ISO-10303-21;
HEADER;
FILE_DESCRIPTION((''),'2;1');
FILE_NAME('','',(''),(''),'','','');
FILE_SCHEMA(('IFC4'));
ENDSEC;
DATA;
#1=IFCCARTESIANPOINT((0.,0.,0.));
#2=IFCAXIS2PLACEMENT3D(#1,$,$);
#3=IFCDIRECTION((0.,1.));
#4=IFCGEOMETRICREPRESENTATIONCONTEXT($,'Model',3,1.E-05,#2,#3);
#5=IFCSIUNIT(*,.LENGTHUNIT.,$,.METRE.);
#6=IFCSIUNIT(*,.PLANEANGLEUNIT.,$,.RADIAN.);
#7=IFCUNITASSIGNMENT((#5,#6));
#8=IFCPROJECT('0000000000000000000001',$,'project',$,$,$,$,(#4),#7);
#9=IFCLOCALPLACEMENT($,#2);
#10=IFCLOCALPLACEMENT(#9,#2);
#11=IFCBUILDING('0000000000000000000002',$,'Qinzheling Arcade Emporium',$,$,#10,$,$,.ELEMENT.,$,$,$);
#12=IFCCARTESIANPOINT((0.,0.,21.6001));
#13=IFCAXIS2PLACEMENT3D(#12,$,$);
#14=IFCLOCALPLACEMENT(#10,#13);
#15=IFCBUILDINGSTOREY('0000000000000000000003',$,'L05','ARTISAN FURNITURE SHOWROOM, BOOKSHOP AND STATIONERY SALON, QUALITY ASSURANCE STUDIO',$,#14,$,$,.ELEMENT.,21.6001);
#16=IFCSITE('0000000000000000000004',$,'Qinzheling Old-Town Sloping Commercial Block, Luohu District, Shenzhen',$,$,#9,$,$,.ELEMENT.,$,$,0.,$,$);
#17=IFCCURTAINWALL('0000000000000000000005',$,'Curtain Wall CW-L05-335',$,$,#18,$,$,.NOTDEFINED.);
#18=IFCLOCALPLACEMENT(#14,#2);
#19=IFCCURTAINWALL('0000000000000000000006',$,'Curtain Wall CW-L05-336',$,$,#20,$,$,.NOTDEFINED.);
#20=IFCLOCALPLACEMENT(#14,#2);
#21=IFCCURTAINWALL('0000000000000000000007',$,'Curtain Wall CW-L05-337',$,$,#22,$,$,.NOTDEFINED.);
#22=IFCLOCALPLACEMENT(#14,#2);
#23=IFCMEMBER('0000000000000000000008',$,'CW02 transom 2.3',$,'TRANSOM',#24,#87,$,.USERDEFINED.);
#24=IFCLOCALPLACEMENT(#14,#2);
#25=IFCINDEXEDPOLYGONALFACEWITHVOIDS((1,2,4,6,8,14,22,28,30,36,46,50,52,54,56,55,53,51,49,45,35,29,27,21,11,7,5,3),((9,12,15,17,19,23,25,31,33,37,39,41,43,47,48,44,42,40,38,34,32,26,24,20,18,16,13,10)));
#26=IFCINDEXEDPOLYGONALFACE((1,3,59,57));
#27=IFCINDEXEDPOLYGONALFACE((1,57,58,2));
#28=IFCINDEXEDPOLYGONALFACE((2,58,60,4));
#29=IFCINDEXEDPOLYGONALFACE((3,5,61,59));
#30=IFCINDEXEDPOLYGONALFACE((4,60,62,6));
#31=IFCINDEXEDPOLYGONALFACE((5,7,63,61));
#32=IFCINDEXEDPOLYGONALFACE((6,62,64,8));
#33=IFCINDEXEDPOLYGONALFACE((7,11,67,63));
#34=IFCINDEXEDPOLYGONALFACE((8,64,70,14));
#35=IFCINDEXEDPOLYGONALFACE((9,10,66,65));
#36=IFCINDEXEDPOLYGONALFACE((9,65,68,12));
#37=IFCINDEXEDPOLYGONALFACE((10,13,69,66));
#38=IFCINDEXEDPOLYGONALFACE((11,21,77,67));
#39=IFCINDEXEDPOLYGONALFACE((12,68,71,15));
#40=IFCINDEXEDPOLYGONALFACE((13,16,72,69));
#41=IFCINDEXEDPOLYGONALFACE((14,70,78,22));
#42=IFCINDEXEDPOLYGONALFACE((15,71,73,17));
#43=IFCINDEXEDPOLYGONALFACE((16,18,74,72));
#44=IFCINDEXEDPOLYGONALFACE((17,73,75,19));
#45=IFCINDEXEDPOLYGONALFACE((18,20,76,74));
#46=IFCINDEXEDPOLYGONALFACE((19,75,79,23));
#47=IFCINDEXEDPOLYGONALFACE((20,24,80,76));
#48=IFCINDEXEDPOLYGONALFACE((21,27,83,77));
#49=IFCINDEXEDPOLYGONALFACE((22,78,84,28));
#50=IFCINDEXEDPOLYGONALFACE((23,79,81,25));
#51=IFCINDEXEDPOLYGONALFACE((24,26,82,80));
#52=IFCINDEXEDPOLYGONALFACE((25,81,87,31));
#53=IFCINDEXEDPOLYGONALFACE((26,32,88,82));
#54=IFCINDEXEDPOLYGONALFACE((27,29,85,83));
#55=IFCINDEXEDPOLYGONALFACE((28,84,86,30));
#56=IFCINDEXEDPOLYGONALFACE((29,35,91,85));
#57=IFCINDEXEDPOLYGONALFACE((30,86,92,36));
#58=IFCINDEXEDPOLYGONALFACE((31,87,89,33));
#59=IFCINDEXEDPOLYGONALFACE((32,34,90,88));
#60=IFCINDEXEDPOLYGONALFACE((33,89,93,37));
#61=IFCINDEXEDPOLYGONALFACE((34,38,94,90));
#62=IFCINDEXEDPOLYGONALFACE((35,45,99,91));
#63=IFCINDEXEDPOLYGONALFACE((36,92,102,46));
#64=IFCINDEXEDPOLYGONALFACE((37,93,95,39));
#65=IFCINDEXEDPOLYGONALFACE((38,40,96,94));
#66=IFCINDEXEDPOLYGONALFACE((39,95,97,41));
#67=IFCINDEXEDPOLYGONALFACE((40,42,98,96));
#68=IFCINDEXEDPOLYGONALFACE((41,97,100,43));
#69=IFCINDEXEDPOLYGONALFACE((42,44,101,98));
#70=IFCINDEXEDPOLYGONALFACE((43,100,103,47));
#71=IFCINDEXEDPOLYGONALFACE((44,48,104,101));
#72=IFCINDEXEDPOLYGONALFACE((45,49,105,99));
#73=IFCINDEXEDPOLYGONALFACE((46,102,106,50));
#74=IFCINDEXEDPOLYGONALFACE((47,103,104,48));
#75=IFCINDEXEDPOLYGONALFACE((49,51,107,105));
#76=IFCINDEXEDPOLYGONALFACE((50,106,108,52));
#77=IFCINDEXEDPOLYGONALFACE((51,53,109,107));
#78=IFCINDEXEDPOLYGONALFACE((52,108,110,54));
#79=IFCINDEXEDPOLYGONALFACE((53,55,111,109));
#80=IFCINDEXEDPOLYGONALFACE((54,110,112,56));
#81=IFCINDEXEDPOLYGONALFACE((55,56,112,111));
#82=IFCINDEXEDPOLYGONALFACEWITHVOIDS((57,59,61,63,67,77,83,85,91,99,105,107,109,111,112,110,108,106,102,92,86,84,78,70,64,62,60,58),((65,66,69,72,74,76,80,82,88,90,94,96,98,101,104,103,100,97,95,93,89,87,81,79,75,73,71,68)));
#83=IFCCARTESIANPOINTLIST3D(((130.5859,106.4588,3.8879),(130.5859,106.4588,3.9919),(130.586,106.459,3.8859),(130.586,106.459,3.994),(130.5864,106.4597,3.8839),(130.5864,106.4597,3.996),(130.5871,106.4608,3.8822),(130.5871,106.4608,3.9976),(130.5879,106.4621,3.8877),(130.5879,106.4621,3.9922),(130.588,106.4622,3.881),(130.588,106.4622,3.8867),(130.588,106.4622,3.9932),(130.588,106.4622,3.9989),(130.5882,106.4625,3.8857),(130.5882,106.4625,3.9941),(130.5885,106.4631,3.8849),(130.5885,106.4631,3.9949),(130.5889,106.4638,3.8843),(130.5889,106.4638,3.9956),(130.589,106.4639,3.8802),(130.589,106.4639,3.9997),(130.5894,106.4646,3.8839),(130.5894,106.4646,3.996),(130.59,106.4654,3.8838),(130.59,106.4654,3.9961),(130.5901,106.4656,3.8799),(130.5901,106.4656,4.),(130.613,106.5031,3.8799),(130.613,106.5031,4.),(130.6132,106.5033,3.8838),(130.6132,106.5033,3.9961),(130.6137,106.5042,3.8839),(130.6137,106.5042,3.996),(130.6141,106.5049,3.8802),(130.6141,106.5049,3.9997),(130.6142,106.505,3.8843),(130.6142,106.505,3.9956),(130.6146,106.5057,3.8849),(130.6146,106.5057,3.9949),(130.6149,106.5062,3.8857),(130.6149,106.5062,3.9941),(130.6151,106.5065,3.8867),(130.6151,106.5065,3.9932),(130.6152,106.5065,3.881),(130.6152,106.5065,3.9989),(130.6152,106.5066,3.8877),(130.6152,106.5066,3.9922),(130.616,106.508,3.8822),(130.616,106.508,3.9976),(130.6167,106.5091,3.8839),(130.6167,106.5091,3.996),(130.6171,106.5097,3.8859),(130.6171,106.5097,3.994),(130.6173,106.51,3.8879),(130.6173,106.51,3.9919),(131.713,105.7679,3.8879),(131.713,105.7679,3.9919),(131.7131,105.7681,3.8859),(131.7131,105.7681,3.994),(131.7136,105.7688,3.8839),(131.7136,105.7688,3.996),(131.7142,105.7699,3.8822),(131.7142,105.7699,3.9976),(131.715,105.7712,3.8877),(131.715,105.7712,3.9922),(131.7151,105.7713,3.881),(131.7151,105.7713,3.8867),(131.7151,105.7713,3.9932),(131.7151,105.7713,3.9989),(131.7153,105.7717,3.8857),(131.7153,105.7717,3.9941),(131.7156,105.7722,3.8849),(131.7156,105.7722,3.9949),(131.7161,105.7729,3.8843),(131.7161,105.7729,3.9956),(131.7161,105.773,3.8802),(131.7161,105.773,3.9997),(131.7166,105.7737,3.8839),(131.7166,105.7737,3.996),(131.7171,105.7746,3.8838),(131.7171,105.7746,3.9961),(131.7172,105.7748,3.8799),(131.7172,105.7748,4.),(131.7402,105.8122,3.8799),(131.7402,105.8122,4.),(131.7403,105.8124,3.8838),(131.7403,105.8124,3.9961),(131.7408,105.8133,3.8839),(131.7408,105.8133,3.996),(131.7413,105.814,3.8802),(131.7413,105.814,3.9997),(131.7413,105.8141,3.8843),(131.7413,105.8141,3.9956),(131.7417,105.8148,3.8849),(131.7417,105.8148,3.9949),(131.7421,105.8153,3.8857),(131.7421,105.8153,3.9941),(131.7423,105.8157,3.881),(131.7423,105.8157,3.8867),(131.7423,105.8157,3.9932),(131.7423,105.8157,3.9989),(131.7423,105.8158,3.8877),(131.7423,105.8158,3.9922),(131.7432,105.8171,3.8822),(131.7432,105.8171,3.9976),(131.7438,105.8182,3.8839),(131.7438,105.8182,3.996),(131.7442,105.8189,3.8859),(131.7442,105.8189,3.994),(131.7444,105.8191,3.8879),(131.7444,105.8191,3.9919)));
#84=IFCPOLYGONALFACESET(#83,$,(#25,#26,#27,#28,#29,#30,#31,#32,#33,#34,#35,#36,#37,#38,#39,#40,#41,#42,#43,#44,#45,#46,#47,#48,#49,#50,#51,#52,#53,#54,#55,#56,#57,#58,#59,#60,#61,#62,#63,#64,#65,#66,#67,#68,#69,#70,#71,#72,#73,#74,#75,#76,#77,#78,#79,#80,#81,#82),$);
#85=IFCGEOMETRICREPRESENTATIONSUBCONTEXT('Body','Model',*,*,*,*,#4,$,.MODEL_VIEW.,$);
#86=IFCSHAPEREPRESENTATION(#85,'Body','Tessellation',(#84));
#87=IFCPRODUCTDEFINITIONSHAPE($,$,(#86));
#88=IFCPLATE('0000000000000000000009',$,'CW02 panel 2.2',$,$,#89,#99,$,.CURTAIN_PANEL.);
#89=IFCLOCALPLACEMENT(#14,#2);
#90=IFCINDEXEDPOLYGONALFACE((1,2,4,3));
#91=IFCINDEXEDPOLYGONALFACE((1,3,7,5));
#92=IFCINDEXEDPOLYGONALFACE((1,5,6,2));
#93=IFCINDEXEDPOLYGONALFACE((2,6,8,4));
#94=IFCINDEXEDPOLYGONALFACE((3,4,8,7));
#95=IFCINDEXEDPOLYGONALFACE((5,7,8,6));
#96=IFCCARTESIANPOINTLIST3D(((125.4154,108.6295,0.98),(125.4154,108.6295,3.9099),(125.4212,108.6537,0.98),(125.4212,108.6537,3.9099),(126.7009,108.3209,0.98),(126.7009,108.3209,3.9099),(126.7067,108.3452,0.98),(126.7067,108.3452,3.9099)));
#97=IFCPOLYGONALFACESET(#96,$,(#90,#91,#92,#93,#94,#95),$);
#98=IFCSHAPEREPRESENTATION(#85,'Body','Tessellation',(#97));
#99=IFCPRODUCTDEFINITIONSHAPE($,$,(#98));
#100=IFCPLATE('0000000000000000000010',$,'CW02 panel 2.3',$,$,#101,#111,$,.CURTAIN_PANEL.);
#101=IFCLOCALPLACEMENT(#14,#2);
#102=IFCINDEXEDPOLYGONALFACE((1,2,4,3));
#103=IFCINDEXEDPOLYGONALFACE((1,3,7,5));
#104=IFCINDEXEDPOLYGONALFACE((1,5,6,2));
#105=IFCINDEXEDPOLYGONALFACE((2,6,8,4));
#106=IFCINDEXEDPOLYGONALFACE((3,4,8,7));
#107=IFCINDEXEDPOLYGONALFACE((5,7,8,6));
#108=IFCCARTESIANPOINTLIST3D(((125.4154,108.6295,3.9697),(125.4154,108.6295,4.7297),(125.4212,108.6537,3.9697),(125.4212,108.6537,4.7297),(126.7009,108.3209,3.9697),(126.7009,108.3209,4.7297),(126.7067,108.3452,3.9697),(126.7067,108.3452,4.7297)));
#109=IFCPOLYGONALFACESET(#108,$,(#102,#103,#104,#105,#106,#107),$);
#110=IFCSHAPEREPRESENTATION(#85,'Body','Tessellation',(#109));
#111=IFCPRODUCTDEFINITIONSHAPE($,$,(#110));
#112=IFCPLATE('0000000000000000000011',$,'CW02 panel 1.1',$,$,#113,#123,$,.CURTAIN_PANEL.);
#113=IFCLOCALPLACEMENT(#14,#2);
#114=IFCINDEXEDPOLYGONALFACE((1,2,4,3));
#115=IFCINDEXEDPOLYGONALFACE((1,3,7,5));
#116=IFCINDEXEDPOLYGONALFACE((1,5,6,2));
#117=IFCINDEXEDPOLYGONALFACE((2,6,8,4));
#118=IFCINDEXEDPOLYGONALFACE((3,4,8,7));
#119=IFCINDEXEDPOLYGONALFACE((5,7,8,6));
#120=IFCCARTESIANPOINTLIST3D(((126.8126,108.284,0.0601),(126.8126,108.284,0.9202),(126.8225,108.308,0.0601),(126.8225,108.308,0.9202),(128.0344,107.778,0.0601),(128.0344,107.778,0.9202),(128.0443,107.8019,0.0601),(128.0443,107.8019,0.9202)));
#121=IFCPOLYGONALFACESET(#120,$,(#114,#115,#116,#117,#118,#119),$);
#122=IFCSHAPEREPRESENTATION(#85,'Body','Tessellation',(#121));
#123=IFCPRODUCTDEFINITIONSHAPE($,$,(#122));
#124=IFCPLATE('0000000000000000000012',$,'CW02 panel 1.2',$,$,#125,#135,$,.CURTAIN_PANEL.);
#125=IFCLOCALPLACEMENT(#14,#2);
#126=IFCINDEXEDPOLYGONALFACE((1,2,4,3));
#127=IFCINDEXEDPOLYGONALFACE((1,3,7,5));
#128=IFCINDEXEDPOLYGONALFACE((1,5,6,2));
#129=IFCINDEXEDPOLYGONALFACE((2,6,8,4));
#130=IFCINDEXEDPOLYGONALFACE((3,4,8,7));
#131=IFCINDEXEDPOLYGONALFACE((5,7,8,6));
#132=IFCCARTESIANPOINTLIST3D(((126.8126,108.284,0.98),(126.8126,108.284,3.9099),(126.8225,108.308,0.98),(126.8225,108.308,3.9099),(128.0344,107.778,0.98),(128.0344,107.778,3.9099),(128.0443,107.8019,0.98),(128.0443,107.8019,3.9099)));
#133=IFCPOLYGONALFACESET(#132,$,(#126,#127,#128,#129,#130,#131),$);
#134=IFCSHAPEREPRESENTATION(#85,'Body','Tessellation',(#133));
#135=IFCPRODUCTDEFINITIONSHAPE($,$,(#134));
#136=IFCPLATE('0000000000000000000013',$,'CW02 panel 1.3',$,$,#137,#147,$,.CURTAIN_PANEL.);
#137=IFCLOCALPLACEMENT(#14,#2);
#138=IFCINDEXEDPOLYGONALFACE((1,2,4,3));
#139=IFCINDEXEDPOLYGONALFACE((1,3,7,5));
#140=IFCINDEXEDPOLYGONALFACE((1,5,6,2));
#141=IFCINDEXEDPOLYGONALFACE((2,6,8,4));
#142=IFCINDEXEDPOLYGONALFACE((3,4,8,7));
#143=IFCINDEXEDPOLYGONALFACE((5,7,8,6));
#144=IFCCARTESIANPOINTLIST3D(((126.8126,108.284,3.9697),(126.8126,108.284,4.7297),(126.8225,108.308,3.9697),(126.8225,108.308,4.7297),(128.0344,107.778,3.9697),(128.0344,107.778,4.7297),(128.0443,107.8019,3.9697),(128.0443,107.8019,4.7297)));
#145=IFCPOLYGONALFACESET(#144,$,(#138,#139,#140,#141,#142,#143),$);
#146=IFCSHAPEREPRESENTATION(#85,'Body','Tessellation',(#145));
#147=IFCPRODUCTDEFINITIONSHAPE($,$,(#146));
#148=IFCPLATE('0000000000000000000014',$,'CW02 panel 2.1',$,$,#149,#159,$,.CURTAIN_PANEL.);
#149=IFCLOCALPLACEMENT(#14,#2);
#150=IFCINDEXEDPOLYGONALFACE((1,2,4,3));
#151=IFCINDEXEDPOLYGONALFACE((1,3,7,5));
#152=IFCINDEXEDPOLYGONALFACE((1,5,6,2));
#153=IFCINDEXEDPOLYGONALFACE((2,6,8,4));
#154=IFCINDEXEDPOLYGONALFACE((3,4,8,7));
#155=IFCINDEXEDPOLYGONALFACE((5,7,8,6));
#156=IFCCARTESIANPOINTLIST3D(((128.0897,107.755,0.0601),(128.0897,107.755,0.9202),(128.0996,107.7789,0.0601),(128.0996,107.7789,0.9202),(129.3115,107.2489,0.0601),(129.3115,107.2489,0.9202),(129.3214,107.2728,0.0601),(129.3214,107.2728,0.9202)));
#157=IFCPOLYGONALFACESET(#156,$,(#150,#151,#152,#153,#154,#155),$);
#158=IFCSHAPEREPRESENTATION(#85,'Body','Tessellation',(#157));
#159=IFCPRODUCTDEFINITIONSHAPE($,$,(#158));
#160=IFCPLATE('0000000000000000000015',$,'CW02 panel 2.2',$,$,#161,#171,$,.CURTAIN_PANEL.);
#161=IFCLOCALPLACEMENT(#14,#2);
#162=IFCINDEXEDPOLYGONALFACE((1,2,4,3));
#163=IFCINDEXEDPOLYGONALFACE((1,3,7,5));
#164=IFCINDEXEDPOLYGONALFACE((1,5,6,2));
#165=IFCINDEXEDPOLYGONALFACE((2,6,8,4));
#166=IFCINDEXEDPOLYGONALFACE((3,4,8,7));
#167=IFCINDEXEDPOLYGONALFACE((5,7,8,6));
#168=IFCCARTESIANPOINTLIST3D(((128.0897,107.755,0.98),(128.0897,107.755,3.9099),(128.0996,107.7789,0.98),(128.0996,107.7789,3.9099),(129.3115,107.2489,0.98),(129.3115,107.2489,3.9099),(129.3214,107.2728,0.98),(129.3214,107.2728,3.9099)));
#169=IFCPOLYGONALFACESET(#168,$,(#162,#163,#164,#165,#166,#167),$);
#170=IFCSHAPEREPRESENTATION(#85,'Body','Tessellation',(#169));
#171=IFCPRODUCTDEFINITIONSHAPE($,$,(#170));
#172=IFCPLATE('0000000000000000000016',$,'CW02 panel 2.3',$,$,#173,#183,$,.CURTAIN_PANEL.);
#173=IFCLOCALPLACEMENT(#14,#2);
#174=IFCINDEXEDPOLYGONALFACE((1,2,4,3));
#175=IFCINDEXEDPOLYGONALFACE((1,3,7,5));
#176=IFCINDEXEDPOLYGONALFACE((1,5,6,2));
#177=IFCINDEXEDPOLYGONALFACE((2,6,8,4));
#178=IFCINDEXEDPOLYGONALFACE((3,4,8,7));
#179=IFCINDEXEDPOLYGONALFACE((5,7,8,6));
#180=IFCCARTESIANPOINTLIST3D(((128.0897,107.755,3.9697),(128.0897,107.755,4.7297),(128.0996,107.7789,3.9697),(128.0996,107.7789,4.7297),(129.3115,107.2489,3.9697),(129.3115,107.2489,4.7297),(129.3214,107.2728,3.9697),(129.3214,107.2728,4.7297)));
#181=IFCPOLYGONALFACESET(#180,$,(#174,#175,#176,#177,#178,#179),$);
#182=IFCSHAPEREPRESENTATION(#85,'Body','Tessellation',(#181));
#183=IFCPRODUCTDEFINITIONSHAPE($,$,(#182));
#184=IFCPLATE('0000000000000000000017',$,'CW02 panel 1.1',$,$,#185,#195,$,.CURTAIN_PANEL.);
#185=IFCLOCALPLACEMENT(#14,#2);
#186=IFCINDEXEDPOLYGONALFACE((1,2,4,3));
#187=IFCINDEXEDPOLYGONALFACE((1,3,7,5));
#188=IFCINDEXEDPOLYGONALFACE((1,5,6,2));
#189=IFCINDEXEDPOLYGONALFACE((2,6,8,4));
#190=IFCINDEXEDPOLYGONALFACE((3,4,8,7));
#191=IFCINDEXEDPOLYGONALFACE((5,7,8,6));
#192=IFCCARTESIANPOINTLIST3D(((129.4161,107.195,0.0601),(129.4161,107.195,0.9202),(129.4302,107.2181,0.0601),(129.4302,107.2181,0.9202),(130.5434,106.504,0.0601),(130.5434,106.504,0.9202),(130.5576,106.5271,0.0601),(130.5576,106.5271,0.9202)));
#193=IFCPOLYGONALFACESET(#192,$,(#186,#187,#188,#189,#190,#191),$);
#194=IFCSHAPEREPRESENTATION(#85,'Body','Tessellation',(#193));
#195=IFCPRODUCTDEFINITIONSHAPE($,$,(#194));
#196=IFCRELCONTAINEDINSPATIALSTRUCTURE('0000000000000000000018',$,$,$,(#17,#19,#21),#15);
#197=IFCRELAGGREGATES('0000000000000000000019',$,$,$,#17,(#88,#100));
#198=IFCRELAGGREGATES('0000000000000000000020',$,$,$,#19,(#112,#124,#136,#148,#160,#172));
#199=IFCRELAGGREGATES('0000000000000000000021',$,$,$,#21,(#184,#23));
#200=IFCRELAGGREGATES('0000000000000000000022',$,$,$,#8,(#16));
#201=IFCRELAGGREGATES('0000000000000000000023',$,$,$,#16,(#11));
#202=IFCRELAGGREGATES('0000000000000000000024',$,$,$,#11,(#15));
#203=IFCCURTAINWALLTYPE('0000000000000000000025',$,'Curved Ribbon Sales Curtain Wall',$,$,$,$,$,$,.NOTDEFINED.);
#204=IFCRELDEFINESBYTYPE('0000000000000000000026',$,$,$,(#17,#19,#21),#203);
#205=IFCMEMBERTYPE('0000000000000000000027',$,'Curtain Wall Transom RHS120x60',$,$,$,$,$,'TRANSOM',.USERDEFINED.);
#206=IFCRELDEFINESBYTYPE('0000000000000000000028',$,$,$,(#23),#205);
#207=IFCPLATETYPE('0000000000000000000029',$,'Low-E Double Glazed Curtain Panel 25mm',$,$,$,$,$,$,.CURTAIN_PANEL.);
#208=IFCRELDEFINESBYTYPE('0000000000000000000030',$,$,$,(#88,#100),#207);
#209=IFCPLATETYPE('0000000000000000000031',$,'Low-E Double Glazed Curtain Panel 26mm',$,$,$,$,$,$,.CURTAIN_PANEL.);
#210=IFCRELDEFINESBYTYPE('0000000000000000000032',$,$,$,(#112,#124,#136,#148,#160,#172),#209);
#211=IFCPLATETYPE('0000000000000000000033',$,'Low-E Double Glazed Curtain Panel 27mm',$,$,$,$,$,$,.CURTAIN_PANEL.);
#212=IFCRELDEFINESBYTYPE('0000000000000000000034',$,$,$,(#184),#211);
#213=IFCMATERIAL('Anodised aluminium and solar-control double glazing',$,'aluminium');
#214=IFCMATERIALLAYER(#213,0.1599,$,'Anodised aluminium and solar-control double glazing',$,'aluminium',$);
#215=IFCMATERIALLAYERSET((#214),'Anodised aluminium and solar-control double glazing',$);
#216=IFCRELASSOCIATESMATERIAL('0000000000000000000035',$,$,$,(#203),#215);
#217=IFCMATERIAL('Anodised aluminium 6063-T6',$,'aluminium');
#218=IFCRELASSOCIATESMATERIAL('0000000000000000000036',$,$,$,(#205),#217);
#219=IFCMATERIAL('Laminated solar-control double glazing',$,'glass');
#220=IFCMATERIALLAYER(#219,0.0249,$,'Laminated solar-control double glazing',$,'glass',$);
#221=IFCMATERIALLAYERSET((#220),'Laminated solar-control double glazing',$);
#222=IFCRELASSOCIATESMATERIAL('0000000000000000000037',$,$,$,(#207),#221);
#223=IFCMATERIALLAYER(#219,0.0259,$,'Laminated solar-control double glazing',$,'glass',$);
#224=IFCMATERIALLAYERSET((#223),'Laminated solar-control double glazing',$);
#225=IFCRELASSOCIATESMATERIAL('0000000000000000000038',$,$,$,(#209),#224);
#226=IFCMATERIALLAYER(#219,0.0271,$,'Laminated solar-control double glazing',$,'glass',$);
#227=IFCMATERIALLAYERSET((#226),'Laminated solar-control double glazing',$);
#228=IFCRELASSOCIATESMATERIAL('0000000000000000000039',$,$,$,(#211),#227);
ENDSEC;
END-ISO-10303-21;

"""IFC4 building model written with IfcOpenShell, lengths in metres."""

from ifc_helpers import new_model, si_unit, direction, frame, origin, origin_2d, place, context, subcontext, project, spatial, rectangle, hollow_rectangle, extrude, material, layer, layer_set, material_profile, profile_set, type_object, element, aggregate, save


model = new_model("IFC4")

# Units and contexts
model_context = context("Model", 3, precision=1e-05, world=origin(), true_north=direction((0.0, 1.0)))
body_context = subcontext(model_context, "Body", "Model", "MODEL_VIEW")
ifc_project = project(units=[si_unit("LENGTHUNIT", "METRE"), si_unit("PLANEANGLEUNIT", "RADIAN")], contexts=[model_context])

# Site, building, storey
site_placement = place(None, origin())
site = spatial("IfcSite", under=ifc_project, at=site_placement, Name="Qinzheling Old-Town Sloping Commercial Block, Luohu District, Shenzhen", CompositionType="ELEMENT", RefElevation=0.0)
building_placement = place(site_placement, origin())
building = spatial("IfcBuilding", under=site, at=building_placement, Name="Qinzheling Arcade Emporium", CompositionType="ELEMENT")
storey_placement = place(building_placement, frame((0.0, 0.0, 21.6001)))
storey = spatial("IfcBuildingStorey", under=building, at=storey_placement, Name="L05", Description="ARTISAN FURNITURE SHOWROOM, BOOKSHOP AND STATIONERY SALON, QUALITY ASSURANCE STUDIO", CompositionType="ELEMENT", Elevation=21.6001)

# Curtain wall
ifc_material_1 = material(Name="Anodised aluminium and solar-control double glazing", Category="aluminium")
ifc_layer_1 = layer(ifc_material_1, 0.1599, Name="Anodised aluminium and solar-control double glazing", Category="aluminium")
ifc_layer_set_1 = layer_set([ifc_layer_1], Name="Anodised aluminium and solar-control double glazing")
curtain_wall_type = type_object("IfcCurtainWallType", Name="Curved Ribbon Sales Curtain Wall", PredefinedType="NOTDEFINED", material=ifc_layer_set_1)
curtain_wall_1_placement = place(storey_placement, origin())
curtain_wall_1 = element("IfcCurtainWall", 1, at=curtain_wall_1_placement, inside=storey, type_object=curtain_wall_type, Name="Curtain Wall CW-L05-335", PredefinedType="NOTDEFINED")
ifc_material_2 = material(Name="Anodised aluminium 6063-T6", Category="aluminium")

# Curtain walls
curtain_wall_2_placement = place(storey_placement, origin())
curtain_wall_2 = element("IfcCurtainWall", 2, at=curtain_wall_2_placement, inside=storey, type_object=curtain_wall_type, Name="Curtain Wall CW-L05-336", PredefinedType="NOTDEFINED")
curtain_wall_3_placement = place(storey_placement, origin())
curtain_wall_3 = element("IfcCurtainWall", 3, at=curtain_wall_3_placement, inside=storey, type_object=curtain_wall_type, Name="Curtain Wall CW-L05-337", PredefinedType="NOTDEFINED")

# Member
ifc_material_profile_1 = material_profile(ifc_material_2, hollow_rectangle(XDim=0.0601, YDim=0.1201, WallThickness=0.0039, InnerFilletRadius=0.0039, OuterFilletRadius=0.0081, at=origin_2d()), Name="RHS 120x60x4", Category="aluminium")
ifc_profile_set_1 = profile_set([ifc_material_profile_1], Name="Anodised aluminium 6063-T6")
member_type_1 = type_object("IfcMemberType", Name="Curtain Wall Transom RHS120x60", ElementType="TRANSOM", PredefinedType="USERDEFINED", material=ifc_profile_set_1)
member_1_placement = place(storey_placement, frame((130.6016, 106.4844, 3.9399), z_axis=(0.852583, -0.522592, 0.0), x_axis=(0.522592, 0.852583, 0.0)))
member_1 = element("IfcMember", 4, at=member_1_placement, type_object=member_type_1, Name="CW02 transom 2.3", ObjectType="TRANSOM", PredefinedType="USERDEFINED", context=body_context, shape_type="SweptSolid", body=[
    extrude(hollow_rectangle(XDim=0.0601, YDim=0.1201, WallThickness=0.0039, InnerFilletRadius=0.0039, OuterFilletRadius=0.0081, at=origin_2d()), origin(), (0.0, 0.0, 1.0), 1.322),
])

# Plates
ifc_material_3 = material(Name="Laminated solar-control double glazing", Category="glass")
ifc_layer_2 = layer(ifc_material_3, 0.0249, Name="Laminated solar-control double glazing", Category="glass")
ifc_layer_set_2 = layer_set([ifc_layer_2], Name="Laminated solar-control double glazing")
plate_type_1 = type_object("IfcPlateType", Name="Low-E Double Glazed Curtain Panel 25mm", PredefinedType="CURTAIN_PANEL", material=ifc_layer_set_2)
plate_1_placement = place(storey_placement, frame((126.061, 108.4873, 0.98), z_axis=(0.0, 0.0, 1.0), x_axis=(0.972391, -0.23336, 0.0)))
plate_1 = element("IfcPlate", 5, at=plate_1_placement, type_object=plate_type_1, Name="CW02 panel 2.2", PredefinedType="CURTAIN_PANEL", context=body_context, shape_type="SweptSolid", body=[
    extrude(rectangle(XDim=1.322, YDim=0.0249, at=origin_2d()), origin(), (0.0, 0.0, 1.0), 2.9299),
])
plate_2_placement = place(storey_placement, frame((126.061, 108.4873, 3.9697), z_axis=(0.0, 0.0, 1.0), x_axis=(0.972391, -0.23336, 0.0)))
plate_2 = element("IfcPlate", 6, at=plate_2_placement, type_object=plate_type_1, Name="CW02 panel 2.3", PredefinedType="CURTAIN_PANEL", context=body_context, shape_type="SweptSolid", body=[
    extrude(rectangle(XDim=1.322, YDim=0.0249, at=origin_2d()), origin(), (0.0, 0.0, 1.0), 0.76),
])
aggregate(curtain_wall_1, [plate_1, plate_2])
ifc_layer_3 = layer(ifc_material_3, 0.0259, Name="Laminated solar-control double glazing", Category="glass")
ifc_layer_set_3 = layer_set([ifc_layer_3], Name="Laminated solar-control double glazing")
plate_type_2 = type_object("IfcPlateType", Name="Low-E Double Glazed Curtain Panel 26mm", PredefinedType="CURTAIN_PANEL", material=ifc_layer_set_3)
plate_3_placement = place(storey_placement, frame((127.4285, 108.043, 0.0601), z_axis=(0.0, 0.0, 1.0), x_axis=(0.923892, -0.382654, 0.0)))
plate_3 = element("IfcPlate", 7, at=plate_3_placement, type_object=plate_type_2, Name="CW02 panel 1.1", PredefinedType="CURTAIN_PANEL", context=body_context, shape_type="SweptSolid", body=[
    extrude(rectangle(XDim=1.3225, YDim=0.0259, at=origin_2d()), origin(), (0.0, 0.0, 1.0), 0.8601),
])
plate_4_placement = place(storey_placement, frame((127.4285, 108.043, 0.98), z_axis=(0.0, 0.0, 1.0), x_axis=(0.923892, -0.382654, 0.0)))
plate_4 = element("IfcPlate", 8, at=plate_4_placement, type_object=plate_type_2, Name="CW02 panel 1.2", PredefinedType="CURTAIN_PANEL", context=body_context, shape_type="SweptSolid", body=[
    extrude(rectangle(XDim=1.3225, YDim=0.0259, at=origin_2d()), origin(), (0.0, 0.0, 1.0), 2.9299),
])
plate_5_placement = place(storey_placement, frame((127.4285, 108.043, 3.9697), z_axis=(0.0, 0.0, 1.0), x_axis=(0.923892, -0.382654, 0.0)))
plate_5 = element("IfcPlate", 9, at=plate_5_placement, type_object=plate_type_2, Name="CW02 panel 1.3", PredefinedType="CURTAIN_PANEL", context=body_context, shape_type="SweptSolid", body=[
    extrude(rectangle(XDim=1.3225, YDim=0.0259, at=origin_2d()), origin(), (0.0, 0.0, 1.0), 0.76),
])
plate_6_placement = place(storey_placement, frame((128.7056, 107.5139, 0.0601), z_axis=(0.0, 0.0, 1.0), x_axis=(0.923892, -0.382654, 0.0)))
plate_6 = element("IfcPlate", 10, at=plate_6_placement, type_object=plate_type_2, Name="CW02 panel 2.1", PredefinedType="CURTAIN_PANEL", context=body_context, shape_type="SweptSolid", body=[
    extrude(rectangle(XDim=1.3225, YDim=0.0259, at=origin_2d()), origin(), (0.0, 0.0, 1.0), 0.8601),
])
plate_7_placement = place(storey_placement, frame((128.7056, 107.5139, 0.98), z_axis=(0.0, 0.0, 1.0), x_axis=(0.923892, -0.382654, 0.0)))
plate_7 = element("IfcPlate", 11, at=plate_7_placement, type_object=plate_type_2, Name="CW02 panel 2.2", PredefinedType="CURTAIN_PANEL", context=body_context, shape_type="SweptSolid", body=[
    extrude(rectangle(XDim=1.3225, YDim=0.0259, at=origin_2d()), origin(), (0.0, 0.0, 1.0), 2.9299),
])
plate_8_placement = place(storey_placement, frame((128.7056, 107.5139, 3.9697), z_axis=(0.0, 0.0, 1.0), x_axis=(0.923892, -0.382654, 0.0)))
plate_8 = element("IfcPlate", 12, at=plate_8_placement, type_object=plate_type_2, Name="CW02 panel 2.3", PredefinedType="CURTAIN_PANEL", context=body_context, shape_type="SweptSolid", body=[
    extrude(rectangle(XDim=1.3225, YDim=0.0259, at=origin_2d()), origin(), (0.0, 0.0, 1.0), 0.76),
])
aggregate(curtain_wall_2, [plate_3, plate_4, plate_5, plate_6, plate_7, plate_8])
ifc_layer_4 = layer(ifc_material_3, 0.0271, Name="Laminated solar-control double glazing", Category="glass")
ifc_layer_set_4 = layer_set([ifc_layer_4], Name="Laminated solar-control double glazing")
plate_type_3 = type_object("IfcPlateType", Name="Low-E Double Glazed Curtain Panel 27mm", PredefinedType="CURTAIN_PANEL", material=ifc_layer_set_4)
plate_9_placement = place(storey_placement, frame((129.9868, 106.8611, 0.0601), z_axis=(0.0, 0.0, 1.0), x_axis=(0.852581, -0.522595, 0.0)))
plate_9 = element("IfcPlate", 13, at=plate_9_placement, type_object=plate_type_3, Name="CW02 panel 1.1", PredefinedType="CURTAIN_PANEL", context=body_context, shape_type="SweptSolid", body=[
    extrude(rectangle(XDim=1.3223, YDim=0.0271, at=origin_2d()), origin(), (0.0, 0.0, 1.0), 0.8601),
])
aggregate(curtain_wall_3, [plate_9, member_1])

save(model, "model.ifc")
